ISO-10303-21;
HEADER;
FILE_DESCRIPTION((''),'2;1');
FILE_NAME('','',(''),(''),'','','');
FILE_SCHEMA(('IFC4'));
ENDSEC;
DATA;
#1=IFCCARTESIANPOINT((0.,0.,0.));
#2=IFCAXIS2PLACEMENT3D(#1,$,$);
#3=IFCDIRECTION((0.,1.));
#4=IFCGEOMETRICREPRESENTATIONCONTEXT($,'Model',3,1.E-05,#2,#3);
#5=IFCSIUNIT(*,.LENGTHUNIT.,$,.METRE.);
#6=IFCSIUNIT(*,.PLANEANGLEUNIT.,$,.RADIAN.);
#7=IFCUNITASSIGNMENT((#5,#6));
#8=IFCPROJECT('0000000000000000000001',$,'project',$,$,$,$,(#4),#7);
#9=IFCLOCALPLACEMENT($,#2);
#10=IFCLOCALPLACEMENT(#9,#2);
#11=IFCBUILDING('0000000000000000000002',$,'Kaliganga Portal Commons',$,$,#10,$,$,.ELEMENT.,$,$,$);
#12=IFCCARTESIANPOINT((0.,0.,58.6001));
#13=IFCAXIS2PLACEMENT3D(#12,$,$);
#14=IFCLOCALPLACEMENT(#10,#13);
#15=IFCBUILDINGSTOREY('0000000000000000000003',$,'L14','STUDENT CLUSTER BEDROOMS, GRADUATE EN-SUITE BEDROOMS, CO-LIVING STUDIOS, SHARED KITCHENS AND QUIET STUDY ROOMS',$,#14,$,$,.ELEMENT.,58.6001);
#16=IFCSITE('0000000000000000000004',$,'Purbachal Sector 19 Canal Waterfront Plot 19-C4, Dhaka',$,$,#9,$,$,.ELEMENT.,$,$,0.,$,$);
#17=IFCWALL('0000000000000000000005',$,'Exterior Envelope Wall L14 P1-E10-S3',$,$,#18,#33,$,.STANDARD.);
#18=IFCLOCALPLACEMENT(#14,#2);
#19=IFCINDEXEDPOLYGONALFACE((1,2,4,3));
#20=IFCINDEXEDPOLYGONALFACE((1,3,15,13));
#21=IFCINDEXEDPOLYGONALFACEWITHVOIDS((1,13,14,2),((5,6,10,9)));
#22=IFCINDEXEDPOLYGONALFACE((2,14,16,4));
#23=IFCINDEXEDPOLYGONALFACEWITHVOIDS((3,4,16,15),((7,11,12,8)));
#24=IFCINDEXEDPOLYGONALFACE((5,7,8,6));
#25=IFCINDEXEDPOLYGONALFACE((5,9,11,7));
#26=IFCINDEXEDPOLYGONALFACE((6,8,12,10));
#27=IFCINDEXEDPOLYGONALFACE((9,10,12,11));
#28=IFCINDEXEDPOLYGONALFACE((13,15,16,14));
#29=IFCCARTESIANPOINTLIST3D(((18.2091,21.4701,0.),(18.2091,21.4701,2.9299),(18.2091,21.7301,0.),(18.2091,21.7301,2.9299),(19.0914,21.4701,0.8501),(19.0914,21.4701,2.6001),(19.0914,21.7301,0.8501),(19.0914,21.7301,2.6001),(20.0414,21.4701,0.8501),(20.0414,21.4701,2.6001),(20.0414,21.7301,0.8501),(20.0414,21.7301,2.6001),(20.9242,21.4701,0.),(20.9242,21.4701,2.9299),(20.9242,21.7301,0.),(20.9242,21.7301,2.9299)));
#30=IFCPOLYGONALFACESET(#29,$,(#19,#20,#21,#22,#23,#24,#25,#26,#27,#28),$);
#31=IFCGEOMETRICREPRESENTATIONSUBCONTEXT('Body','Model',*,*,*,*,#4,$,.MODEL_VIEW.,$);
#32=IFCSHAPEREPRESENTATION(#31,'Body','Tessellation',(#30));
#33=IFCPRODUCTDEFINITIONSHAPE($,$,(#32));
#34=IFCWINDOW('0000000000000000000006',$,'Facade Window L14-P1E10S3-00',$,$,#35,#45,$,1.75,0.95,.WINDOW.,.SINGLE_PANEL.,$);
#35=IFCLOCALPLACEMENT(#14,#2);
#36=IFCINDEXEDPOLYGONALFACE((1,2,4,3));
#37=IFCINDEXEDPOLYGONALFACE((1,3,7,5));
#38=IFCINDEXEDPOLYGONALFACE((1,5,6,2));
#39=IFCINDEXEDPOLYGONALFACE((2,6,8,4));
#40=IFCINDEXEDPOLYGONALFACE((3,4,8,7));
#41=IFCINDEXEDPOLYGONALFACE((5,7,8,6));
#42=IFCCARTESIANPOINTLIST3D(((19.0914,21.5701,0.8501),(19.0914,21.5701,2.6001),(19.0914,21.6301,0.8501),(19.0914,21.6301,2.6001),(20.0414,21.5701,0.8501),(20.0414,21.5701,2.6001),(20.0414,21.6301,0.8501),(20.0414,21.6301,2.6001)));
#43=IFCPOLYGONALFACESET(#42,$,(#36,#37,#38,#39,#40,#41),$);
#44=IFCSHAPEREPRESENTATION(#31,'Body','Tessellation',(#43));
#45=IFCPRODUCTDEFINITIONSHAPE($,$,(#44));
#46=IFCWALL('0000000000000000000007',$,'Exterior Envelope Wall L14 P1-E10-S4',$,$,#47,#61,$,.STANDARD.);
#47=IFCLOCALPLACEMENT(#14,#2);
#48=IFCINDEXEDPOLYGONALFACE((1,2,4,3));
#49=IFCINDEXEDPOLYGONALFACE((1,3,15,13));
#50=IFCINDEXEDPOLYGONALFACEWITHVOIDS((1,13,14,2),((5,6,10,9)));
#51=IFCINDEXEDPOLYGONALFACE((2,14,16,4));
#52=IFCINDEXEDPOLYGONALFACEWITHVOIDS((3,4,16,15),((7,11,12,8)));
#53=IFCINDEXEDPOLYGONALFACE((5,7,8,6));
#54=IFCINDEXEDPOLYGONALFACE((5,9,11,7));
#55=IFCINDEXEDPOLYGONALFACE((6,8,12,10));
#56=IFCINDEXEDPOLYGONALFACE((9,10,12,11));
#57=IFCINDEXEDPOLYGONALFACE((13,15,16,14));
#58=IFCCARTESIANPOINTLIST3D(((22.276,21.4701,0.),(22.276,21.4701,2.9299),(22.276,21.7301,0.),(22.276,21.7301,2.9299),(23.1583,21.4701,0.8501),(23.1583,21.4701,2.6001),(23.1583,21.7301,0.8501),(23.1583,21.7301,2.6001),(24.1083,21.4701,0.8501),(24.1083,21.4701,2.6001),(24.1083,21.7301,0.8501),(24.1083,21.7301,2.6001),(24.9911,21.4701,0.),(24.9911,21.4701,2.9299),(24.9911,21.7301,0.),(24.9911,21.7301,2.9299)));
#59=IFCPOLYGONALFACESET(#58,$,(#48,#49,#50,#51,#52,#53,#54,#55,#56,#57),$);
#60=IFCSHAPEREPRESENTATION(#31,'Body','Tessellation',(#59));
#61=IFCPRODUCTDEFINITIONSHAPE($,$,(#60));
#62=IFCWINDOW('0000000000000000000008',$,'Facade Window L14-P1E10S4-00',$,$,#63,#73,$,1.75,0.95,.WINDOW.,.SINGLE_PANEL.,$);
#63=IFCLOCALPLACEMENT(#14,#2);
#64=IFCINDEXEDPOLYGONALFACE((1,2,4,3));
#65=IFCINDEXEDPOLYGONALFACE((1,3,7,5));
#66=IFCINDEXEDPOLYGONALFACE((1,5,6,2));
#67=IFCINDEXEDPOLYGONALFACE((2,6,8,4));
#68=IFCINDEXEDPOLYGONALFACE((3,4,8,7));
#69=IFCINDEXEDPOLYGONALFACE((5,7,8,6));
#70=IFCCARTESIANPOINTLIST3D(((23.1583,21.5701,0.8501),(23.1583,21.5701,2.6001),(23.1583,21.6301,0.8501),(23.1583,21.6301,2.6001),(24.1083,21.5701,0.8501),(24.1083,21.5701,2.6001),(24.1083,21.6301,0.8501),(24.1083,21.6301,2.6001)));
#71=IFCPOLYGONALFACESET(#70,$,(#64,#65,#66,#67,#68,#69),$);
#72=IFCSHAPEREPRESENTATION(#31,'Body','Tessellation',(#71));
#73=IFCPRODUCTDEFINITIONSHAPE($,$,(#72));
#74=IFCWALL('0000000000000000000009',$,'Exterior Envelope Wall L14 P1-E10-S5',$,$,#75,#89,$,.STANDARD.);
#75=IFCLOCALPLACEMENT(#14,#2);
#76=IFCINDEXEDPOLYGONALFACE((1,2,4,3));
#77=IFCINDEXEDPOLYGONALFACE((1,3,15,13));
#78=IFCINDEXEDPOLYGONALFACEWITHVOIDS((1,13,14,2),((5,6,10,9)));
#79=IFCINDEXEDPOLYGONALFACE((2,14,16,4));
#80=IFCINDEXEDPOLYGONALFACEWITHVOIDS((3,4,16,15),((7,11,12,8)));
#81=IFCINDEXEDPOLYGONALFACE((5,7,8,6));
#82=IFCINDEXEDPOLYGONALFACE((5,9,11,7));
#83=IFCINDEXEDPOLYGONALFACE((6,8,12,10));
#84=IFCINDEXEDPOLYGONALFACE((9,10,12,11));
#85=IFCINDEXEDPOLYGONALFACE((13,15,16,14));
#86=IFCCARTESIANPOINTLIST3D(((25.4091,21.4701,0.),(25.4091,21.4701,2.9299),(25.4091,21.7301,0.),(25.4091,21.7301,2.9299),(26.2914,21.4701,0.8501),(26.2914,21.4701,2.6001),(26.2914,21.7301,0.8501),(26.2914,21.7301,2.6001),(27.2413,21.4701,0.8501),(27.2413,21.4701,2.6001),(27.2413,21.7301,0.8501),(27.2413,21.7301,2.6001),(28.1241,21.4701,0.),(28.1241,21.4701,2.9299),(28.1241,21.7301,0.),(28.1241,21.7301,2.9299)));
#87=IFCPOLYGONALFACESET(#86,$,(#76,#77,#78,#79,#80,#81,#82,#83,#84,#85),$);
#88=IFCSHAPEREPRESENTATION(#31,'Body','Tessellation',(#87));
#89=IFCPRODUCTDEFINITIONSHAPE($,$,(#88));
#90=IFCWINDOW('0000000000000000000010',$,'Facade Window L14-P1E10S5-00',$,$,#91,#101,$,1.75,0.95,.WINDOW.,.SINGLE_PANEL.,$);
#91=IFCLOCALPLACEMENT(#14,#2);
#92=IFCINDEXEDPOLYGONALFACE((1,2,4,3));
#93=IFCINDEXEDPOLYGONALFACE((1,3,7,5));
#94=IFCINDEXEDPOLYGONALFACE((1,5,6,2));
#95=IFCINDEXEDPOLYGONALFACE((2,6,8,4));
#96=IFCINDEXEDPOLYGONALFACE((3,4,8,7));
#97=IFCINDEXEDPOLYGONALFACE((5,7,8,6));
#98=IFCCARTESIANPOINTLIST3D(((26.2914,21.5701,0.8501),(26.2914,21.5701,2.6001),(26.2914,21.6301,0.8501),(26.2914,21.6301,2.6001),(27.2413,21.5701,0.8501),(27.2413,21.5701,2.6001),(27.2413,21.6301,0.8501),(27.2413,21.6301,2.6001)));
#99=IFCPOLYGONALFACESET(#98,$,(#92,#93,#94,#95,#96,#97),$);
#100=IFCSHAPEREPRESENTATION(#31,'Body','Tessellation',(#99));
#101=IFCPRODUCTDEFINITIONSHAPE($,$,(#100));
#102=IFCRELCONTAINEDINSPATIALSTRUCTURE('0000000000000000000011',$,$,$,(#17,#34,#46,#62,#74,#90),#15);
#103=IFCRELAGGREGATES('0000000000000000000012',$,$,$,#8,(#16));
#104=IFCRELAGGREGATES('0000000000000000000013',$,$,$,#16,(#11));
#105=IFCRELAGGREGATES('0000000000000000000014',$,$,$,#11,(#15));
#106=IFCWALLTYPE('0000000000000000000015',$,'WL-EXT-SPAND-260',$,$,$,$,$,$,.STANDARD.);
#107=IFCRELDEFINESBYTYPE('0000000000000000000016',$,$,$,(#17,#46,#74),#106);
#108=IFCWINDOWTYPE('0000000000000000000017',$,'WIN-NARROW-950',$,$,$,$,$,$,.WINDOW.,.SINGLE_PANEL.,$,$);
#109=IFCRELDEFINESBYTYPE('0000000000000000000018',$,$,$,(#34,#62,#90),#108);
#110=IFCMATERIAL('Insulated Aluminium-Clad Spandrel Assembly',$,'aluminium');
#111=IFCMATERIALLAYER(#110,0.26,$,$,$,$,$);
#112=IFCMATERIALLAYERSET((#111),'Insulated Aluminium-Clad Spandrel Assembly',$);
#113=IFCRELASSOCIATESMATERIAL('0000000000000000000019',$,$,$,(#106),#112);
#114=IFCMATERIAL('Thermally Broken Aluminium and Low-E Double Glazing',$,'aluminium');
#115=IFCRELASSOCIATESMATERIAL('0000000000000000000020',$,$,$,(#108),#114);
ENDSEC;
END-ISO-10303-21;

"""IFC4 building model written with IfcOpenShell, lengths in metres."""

from ifc_helpers import new_model, si_unit, direction, frame, frame_2d, origin, place, context, subcontext, project, spatial, rectangle, extrude, material, layer, layer_set, type_object, element, fill, save


model = new_model("IFC4")

# Units and contexts
model_context = context("Model", 3, precision=1e-05, world=origin(), true_north=direction((0.0, 1.0)))
body_context = subcontext(model_context, "Body", "Model", "MODEL_VIEW")
ifc_project = project(units=[si_unit("LENGTHUNIT", "METRE"), si_unit("PLANEANGLEUNIT", "RADIAN")], contexts=[model_context])

# Site, building, storey
site_placement = place(None, origin())
site = spatial("IfcSite", under=ifc_project, at=site_placement, Name="Purbachal Sector 19 Canal Waterfront Plot 19-C4, Dhaka", CompositionType="ELEMENT", RefElevation=0.0)
building_placement = place(site_placement, origin())
building = spatial("IfcBuilding", under=site, at=building_placement, Name="Kaliganga Portal Commons", CompositionType="ELEMENT")
storey_placement = place(building_placement, frame((0.0, 0.0, 58.6001)))
storey = spatial("IfcBuildingStorey", under=building, at=storey_placement, Name="L14", Description="STUDENT CLUSTER BEDROOMS, GRADUATE EN-SUITE BEDROOMS, CO-LIVING STUDIOS, SHARED KITCHENS AND QUIET STUDY ROOMS", CompositionType="ELEMENT", Elevation=58.6001)

# Walls, openings, windows
ifc_material_1 = material(Name="Insulated Aluminium-Clad Spandrel Assembly", Category="aluminium")
ifc_layer_1 = layer(ifc_material_1, 0.26)
ifc_layer_set_1 = layer_set([ifc_layer_1], Name="Insulated Aluminium-Clad Spandrel Assembly")
wall_type_1 = type_object("IfcWallType", Name="WL-EXT-SPAND-260", PredefinedType="STANDARD", material=ifc_layer_set_1)
wall_1_placement = place(storey_placement, frame((20.9241, 21.6001, 0.0), z_axis=(0.0, 0.0, 1.0), x_axis=(-1.0, 0.0, 0.0)))
wall_1 = element("IfcWall", 1, at=wall_1_placement, inside=storey, type_object=wall_type_1, Name="Exterior Envelope Wall L14 P1-E10-S3", PredefinedType="STANDARD", context=body_context, shape_type="SweptSolid", body=[
    extrude(rectangle(XDim=2.7151, YDim=0.26, at=frame_2d((1.3574, 0.0))), origin(), (0.0, 0.0, 1.0), 2.9299),
])
opening_1_placement = place(wall_1_placement, frame((0.8826, 0.0, 0.8501)))
opening_1 = element("IfcOpeningElement", 2, at=opening_1_placement, cuts=wall_1, PredefinedType="OPENING", context=body_context, shape_type="SweptSolid", body=[
    extrude(rectangle(XDim=0.95, YDim=1.75, at=frame_2d((0.4751, 0.875))), frame((0.0, 0.1401, 0.0), z_axis=(0.0, -1.0, 0.0), x_axis=(1.0, 0.0, 0.0)), (0.0, 0.0, 1.0), 0.28),
])
ifc_material_2 = material(Name="Thermally Broken Aluminium and Low-E Double Glazing", Category="aluminium")
window_type_1 = type_object("IfcWindowType", Name="WIN-NARROW-950", PartitioningType="SINGLE_PANEL", PredefinedType="WINDOW", material=ifc_material_2)
window_1_placement = place(opening_1_placement, origin())
window_1 = element("IfcWindow", 3, at=window_1_placement, inside=storey, type_object=window_type_1, Name="Facade Window L14-P1E10S3-00", OverallHeight=1.75, OverallWidth=0.95, PartitioningType="SINGLE_PANEL", PredefinedType="WINDOW", context=body_context, shape_type="SweptSolid", body=[
    extrude(rectangle(XDim=0.95, YDim=1.75, at=frame_2d((0.4751, 0.875))), frame((0.0, 0.03, 0.0), z_axis=(0.0, -1.0, 0.0), x_axis=(1.0, 0.0, 0.0)), (0.0, 0.0, 1.0), 0.0601),
])
fill(opening_1, window_1)
wall_2_placement = place(storey_placement, frame((24.991, 21.6001, 0.0), z_axis=(0.0, 0.0, 1.0), x_axis=(-1.0, 0.0, 0.0)))
wall_2 = element("IfcWall", 4, at=wall_2_placement, inside=storey, type_object=wall_type_1, Name="Exterior Envelope Wall L14 P1-E10-S4", PredefinedType="STANDARD", context=body_context, shape_type="SweptSolid", body=[
    extrude(rectangle(XDim=2.7151, YDim=0.26, at=frame_2d((1.3574, 0.0))), origin(), (0.0, 0.0, 1.0), 2.9299),
])
opening_2_placement = place(wall_2_placement, frame((0.8826, 0.0, 0.8501)))
opening_2 = element("IfcOpeningElement", 5, at=opening_2_placement, cuts=wall_2, PredefinedType="OPENING", context=body_context, shape_type="SweptSolid", body=[
    extrude(rectangle(XDim=0.95, YDim=1.75, at=frame_2d((0.4751, 0.875))), frame((0.0, 0.1401, 0.0), z_axis=(0.0, -1.0, 0.0), x_axis=(1.0, 0.0, 0.0)), (0.0, 0.0, 1.0), 0.28),
])
window_2_placement = place(opening_2_placement, origin())
window_2 = element("IfcWindow", 6, at=window_2_placement, inside=storey, type_object=window_type_1, Name="Facade Window L14-P1E10S4-00", OverallHeight=1.75, OverallWidth=0.95, PartitioningType="SINGLE_PANEL", PredefinedType="WINDOW", context=body_context, shape_type="SweptSolid", body=[
    extrude(rectangle(XDim=0.95, YDim=1.75, at=frame_2d((0.4751, 0.875))), frame((0.0, 0.03, 0.0), z_axis=(0.0, -1.0, 0.0), x_axis=(1.0, 0.0, 0.0)), (0.0, 0.0, 1.0), 0.0601),
])
fill(opening_2, window_2)
wall_3_placement = place(storey_placement, frame((28.124, 21.6001, 0.0), z_axis=(0.0, 0.0, 1.0), x_axis=(-1.0, 0.0, 0.0)))
wall_3 = element("IfcWall", 7, at=wall_3_placement, inside=storey, type_object=wall_type_1, Name="Exterior Envelope Wall L14 P1-E10-S5", PredefinedType="STANDARD", context=body_context, shape_type="SweptSolid", body=[
    extrude(rectangle(XDim=2.7151, YDim=0.26, at=frame_2d((1.3574, 0.0))), origin(), (0.0, 0.0, 1.0), 2.9299),
])
opening_3_placement = place(wall_3_placement, frame((0.8826, 0.0, 0.8501)))
opening_3 = element("IfcOpeningElement", 8, at=opening_3_placement, cuts=wall_3, PredefinedType="OPENING", context=body_context, shape_type="SweptSolid", body=[
    extrude(rectangle(XDim=0.95, YDim=1.75, at=frame_2d((0.4751, 0.875))), frame((0.0, 0.1401, 0.0), z_axis=(0.0, -1.0, 0.0), x_axis=(1.0, 0.0, 0.0)), (0.0, 0.0, 1.0), 0.28),
])
window_3_placement = place(opening_3_placement, origin())
window_3 = element("IfcWindow", 9, at=window_3_placement, inside=storey, type_object=window_type_1, Name="Facade Window L14-P1E10S5-00", OverallHeight=1.75, OverallWidth=0.95, PartitioningType="SINGLE_PANEL", PredefinedType="WINDOW", context=body_context, shape_type="SweptSolid", body=[
    extrude(rectangle(XDim=0.95, YDim=1.75, at=frame_2d((0.4751, 0.875))), frame((0.0, 0.03, 0.0), z_axis=(0.0, -1.0, 0.0), x_axis=(1.0, 0.0, 0.0)), (0.0, 0.0, 1.0), 0.0601),
])
fill(opening_3, window_3)

save(model, "model.ifc")
